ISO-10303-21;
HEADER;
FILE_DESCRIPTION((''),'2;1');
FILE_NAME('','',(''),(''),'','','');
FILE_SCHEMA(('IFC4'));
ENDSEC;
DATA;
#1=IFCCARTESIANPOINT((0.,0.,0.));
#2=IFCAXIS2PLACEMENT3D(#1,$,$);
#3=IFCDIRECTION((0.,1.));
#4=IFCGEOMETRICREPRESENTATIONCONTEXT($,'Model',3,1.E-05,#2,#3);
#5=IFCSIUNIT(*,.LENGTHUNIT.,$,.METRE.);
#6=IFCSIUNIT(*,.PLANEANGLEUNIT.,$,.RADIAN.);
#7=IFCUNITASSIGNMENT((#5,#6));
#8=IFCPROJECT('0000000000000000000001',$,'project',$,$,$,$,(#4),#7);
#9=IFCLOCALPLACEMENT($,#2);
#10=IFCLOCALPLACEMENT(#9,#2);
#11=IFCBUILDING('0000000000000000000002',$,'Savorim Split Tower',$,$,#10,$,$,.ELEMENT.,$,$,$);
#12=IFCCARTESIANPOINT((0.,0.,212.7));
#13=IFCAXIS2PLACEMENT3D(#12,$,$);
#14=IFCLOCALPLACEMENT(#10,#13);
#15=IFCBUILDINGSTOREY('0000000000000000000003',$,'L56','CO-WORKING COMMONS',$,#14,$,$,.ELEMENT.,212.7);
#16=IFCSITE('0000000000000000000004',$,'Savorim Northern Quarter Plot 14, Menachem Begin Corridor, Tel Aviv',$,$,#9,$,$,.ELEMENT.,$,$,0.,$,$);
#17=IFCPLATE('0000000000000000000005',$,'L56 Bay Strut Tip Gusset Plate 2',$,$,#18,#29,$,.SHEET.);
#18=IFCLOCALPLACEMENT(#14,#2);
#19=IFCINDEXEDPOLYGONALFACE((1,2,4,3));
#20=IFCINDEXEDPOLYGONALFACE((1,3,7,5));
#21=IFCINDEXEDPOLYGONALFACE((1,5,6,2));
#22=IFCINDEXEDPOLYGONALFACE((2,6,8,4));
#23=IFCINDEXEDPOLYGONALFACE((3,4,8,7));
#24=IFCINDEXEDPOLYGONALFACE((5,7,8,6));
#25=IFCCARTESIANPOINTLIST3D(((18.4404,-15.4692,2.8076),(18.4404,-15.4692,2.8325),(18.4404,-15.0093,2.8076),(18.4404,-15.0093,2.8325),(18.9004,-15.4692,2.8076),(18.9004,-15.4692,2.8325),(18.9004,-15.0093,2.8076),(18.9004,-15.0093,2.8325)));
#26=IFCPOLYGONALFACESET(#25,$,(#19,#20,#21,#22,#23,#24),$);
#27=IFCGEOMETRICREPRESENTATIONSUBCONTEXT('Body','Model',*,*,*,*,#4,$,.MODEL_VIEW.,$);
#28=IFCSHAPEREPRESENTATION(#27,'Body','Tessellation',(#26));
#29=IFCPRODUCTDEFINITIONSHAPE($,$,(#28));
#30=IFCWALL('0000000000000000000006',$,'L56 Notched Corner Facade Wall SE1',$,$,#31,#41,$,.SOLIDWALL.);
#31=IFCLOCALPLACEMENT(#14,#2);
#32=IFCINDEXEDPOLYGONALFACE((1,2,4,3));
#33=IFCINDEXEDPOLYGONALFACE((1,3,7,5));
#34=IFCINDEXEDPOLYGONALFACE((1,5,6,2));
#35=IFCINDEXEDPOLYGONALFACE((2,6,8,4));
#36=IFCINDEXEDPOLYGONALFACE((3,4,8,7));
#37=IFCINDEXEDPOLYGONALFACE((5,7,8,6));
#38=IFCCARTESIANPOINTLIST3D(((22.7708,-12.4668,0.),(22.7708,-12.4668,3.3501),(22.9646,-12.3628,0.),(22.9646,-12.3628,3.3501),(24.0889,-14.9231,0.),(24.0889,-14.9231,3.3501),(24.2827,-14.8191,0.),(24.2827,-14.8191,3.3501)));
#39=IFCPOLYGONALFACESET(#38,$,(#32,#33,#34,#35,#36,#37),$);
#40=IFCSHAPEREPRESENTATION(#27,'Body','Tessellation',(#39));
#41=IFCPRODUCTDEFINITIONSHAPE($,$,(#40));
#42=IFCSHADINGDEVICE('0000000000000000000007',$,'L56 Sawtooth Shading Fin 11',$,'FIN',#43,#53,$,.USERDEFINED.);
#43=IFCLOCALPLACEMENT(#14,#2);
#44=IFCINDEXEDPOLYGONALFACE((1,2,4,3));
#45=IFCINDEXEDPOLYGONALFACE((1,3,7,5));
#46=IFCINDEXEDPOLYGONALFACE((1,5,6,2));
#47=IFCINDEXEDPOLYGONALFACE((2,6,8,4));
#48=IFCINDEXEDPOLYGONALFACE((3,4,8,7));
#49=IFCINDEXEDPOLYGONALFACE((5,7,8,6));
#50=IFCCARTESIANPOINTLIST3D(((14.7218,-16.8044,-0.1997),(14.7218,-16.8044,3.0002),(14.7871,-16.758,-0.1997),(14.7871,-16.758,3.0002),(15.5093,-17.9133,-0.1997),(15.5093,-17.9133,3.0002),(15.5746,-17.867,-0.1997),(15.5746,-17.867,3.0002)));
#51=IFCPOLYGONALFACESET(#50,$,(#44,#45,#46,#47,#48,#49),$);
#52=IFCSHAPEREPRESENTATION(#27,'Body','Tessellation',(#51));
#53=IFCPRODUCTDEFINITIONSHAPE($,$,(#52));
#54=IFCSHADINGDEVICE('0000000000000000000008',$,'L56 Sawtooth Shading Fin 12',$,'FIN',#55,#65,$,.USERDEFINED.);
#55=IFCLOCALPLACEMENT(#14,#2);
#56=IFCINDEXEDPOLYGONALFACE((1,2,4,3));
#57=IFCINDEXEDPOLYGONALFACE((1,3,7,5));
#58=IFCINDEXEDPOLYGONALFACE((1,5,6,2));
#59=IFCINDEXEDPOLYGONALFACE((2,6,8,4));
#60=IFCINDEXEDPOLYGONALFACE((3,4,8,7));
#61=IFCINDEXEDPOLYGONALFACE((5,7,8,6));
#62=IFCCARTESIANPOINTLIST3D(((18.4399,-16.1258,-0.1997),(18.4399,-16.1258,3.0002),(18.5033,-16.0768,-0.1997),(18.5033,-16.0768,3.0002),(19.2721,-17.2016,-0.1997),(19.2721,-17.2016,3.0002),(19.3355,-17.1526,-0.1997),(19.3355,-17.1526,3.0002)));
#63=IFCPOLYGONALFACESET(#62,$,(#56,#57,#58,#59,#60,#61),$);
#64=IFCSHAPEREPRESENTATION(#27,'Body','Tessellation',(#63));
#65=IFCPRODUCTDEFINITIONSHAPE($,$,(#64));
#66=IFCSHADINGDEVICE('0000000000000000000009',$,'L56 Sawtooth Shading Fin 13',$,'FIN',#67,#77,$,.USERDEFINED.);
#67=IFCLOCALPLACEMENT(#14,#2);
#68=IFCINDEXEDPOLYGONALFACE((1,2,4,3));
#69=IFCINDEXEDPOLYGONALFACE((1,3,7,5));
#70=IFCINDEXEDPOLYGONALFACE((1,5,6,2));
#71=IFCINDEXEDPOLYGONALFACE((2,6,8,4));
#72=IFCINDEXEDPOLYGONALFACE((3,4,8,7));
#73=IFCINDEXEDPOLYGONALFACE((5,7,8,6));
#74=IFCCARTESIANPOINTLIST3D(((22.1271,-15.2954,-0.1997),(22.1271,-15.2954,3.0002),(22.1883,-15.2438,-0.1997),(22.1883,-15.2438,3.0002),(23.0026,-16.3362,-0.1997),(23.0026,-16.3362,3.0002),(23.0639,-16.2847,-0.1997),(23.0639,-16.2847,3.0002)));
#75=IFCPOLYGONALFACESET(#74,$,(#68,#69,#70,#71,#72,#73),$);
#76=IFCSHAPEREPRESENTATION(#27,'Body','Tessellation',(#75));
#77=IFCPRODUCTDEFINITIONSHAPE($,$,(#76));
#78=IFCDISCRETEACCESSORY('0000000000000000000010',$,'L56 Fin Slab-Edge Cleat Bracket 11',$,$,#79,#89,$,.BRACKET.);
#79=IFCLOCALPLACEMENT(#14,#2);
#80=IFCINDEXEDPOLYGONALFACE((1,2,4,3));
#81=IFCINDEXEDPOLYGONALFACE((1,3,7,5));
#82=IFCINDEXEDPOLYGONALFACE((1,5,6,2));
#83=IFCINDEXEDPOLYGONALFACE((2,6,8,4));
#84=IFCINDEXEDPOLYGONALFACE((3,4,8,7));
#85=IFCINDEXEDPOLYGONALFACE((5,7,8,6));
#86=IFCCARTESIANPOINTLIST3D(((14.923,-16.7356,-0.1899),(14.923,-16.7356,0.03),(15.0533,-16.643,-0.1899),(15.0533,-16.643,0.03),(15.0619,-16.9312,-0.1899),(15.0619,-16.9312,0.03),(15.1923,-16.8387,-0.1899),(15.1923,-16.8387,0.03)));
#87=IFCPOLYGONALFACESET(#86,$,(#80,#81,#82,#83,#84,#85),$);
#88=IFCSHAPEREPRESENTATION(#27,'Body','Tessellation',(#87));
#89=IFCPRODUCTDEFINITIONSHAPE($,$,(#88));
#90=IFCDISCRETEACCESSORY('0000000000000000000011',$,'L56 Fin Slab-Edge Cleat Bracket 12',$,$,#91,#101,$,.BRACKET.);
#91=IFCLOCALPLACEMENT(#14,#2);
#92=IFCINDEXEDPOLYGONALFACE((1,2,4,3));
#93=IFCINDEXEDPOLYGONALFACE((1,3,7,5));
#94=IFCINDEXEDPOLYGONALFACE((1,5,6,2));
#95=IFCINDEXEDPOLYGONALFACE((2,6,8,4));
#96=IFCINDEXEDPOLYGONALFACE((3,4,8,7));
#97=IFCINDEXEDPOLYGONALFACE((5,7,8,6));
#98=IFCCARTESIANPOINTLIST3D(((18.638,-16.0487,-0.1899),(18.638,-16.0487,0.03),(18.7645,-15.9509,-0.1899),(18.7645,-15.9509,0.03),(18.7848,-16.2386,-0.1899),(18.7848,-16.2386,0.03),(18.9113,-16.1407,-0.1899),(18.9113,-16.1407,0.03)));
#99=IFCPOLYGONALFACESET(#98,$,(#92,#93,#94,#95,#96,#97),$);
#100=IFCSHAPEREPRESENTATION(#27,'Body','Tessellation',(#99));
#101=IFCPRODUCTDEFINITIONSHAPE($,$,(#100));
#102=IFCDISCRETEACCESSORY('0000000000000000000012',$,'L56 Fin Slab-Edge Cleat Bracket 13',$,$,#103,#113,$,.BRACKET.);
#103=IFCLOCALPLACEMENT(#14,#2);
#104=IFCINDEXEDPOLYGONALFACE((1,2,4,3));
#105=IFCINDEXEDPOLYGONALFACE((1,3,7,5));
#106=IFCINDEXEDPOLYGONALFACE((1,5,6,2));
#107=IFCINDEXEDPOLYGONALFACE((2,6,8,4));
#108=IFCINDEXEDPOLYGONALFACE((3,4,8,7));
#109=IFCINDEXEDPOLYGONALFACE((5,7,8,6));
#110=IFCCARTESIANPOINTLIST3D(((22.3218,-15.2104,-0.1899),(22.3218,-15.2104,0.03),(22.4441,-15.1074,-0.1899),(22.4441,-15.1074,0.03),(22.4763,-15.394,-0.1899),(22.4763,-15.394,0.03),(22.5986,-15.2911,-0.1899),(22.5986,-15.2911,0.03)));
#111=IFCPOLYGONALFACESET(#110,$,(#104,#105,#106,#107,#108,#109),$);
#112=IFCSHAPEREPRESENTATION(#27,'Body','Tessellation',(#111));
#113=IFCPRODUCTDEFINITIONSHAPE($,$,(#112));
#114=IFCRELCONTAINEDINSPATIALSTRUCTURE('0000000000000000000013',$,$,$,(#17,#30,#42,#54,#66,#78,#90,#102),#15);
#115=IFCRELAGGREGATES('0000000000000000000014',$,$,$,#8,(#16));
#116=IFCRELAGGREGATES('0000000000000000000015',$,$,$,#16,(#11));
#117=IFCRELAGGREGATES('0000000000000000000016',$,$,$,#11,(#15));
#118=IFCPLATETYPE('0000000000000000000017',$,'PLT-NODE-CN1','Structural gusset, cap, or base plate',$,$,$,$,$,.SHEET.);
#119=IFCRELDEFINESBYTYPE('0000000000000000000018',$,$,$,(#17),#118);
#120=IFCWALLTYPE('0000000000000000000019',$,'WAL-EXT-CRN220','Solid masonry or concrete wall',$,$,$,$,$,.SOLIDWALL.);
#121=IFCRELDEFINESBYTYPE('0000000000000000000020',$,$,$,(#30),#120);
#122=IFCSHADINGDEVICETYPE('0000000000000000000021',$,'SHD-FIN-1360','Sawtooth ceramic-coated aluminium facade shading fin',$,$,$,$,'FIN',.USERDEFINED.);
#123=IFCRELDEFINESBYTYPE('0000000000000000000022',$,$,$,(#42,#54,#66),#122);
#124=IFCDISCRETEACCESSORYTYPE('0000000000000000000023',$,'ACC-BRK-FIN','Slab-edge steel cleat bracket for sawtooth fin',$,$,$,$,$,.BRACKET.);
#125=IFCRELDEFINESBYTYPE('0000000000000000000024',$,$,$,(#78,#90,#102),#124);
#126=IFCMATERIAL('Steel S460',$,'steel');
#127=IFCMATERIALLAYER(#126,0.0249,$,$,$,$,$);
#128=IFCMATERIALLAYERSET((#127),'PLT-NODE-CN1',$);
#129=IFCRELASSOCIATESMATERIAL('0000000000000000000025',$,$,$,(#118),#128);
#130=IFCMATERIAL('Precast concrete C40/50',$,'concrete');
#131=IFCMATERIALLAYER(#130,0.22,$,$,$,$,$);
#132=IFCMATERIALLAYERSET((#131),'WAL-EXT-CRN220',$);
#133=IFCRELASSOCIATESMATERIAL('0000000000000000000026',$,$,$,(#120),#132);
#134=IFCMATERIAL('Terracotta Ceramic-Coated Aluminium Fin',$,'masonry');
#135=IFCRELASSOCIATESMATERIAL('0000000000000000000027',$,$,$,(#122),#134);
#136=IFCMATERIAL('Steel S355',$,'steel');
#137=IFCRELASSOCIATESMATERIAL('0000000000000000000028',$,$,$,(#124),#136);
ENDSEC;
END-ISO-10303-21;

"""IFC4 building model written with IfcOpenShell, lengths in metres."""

from ifc_helpers import new_model, si_unit, direction, frame, frame_2d, origin, origin_2d, place, context, subcontext, project, spatial, rectangle, extrude, material, layer, layer_set, type_object, element, save


model = new_model("IFC4")

# Units and contexts
model_context = context("Model", 3, precision=1e-05, world=origin(), true_north=direction((0.0, 1.0)))
body_context = subcontext(model_context, "Body", "Model", "MODEL_VIEW")
ifc_project = project(units=[si_unit("LENGTHUNIT", "METRE"), si_unit("PLANEANGLEUNIT", "RADIAN")], contexts=[model_context])

# Site, building, storey
site_placement = place(None, origin())
site = spatial("IfcSite", under=ifc_project, at=site_placement, Name="Savorim Northern Quarter Plot 14, Menachem Begin Corridor, Tel Aviv", CompositionType="ELEMENT", RefElevation=0.0)
building_placement = place(site_placement, origin())
building = spatial("IfcBuilding", under=site, at=building_placement, Name="Savorim Split Tower", CompositionType="ELEMENT")
storey_placement = place(building_placement, frame((0.0, 0.0, 212.7)))
storey = spatial("IfcBuildingStorey", under=building, at=storey_placement, Name="L56", Description="CO-WORKING COMMONS", CompositionType="ELEMENT", Elevation=212.7)

# Shared definitions
ifc_material_1 = material(Name="Steel S355", Category="steel")

# Plate
ifc_material_2 = material(Name="Steel S460", Category="steel")
ifc_layer_1 = layer(ifc_material_2, 0.0249)
ifc_layer_set_1 = layer_set([ifc_layer_1], Name="PLT-NODE-CN1")
plate_type_1 = type_object("IfcPlateType", Name="PLT-NODE-CN1", Description="Structural gusset, cap, or base plate", PredefinedType="SHEET", material=ifc_layer_set_1)
for number, where, z_axis, x_axis, name in (
    (1, (18.6704, -15.2393, 2.8076), (0.0, 0.0, 1.0), (1.0, 0.0, 0.0), "L56 Bay Strut Tip Gusset Plate 2"),
):
    element("IfcPlate", number, at=place(storey_placement, frame(where, z_axis=z_axis, x_axis=x_axis)), inside=storey, type_object=plate_type_1, Name=name, PredefinedType="SHEET", context=body_context, shape_type="SweptSolid", body=[
        extrude(rectangle(XDim=0.46, YDim=0.46, at=origin_2d()), origin(), (0.0, 0.0, 1.0), 0.0249),
    ])

# Wall
ifc_material_3 = material(Name="Precast concrete C40/50", Category="concrete")
ifc_layer_2 = layer(ifc_material_3, 0.22)
ifc_layer_set_2 = layer_set([ifc_layer_2], Name="WAL-EXT-CRN220")
wall_type = type_object("IfcWallType", Name="WAL-EXT-CRN220", Description="Solid masonry or concrete wall", PredefinedType="SOLIDWALL", material=ifc_layer_set_2)
wall_placement = place(storey_placement, frame((22.8677, -12.4148, 0.0), z_axis=(0.0, 0.0, 1.0), x_axis=(0.472846, -0.881145, 0.0)))
element("IfcWall", 2, at=wall_placement, inside=storey, type_object=wall_type, Name="L56 Notched Corner Facade Wall SE1", PredefinedType="SOLIDWALL", context=body_context, shape_type="SweptSolid", body=[
    extrude(rectangle(XDim=2.7876, YDim=0.22, at=frame_2d((1.3938, 0.0))), origin(), (0.0, 0.0, 1.0), 3.3501),
])

# Shading devices
ifc_material_4 = material(Name="Terracotta Ceramic-Coated Aluminium Fin", Category="masonry")
shading_device_type = type_object("IfcShadingDeviceType", Name="SHD-FIN-1360", Description="Sawtooth ceramic-coated aluminium facade shading fin", ElementType="FIN", PredefinedType="USERDEFINED", material=ifc_material_4)
for number, where, z_axis, x_axis, name in (
    (3, (15.1482, -17.3357, -0.1997), (0.0, 0.0, 1.0), (0.578994, -0.815332, 0.0), "L56 Sawtooth Shading Fin 11"),
    (4, (18.8877, -16.6392, -0.1997), (0.0, 0.0, 1.0), (0.611868, -0.79096, 0.0), "L56 Sawtooth Shading Fin 12"),
    (5, (22.5955, -15.79, -0.1997), (0.0, 0.0, 1.0), (0.643719, -0.765262, 0.0), "L56 Sawtooth Shading Fin 13"),
):
    element("IfcShadingDevice", number, at=place(storey_placement, frame(where, z_axis=z_axis, x_axis=x_axis)), inside=storey, type_object=shading_device_type, Name=name, ObjectType="FIN", PredefinedType="USERDEFINED", context=body_context, shape_type="SweptSolid", body=[
        extrude(rectangle(XDim=1.3601, YDim=0.0801, at=origin_2d()), origin(), (0.0, 0.0, 1.0), 3.2),
    ])

# Discrete accessories
discrete_accessory_type = type_object("IfcDiscreteAccessoryType", Name="ACC-BRK-FIN", Description="Slab-edge steel cleat bracket for sawtooth fin", PredefinedType="BRACKET", material=ifc_material_1)
for number, where, z_axis, x_axis, name in (
    (6, (15.0576, -16.7871, -0.1899), (0.0, 0.0, 1.0), (0.578994, -0.815332, 0.0), "L56 Fin Slab-Edge Cleat Bracket 11"),
    (7, (18.7747, -16.0947, -0.1899), (0.0, 0.0, 1.0), (0.611868, -0.79096, 0.0), "L56 Fin Slab-Edge Cleat Bracket 12"),
    (8, (22.4602, -15.2507, -0.1899), (0.0, 0.0, 1.0), (0.643719, -0.765262, 0.0), "L56 Fin Slab-Edge Cleat Bracket 13"),
):
    element("IfcDiscreteAccessory", number, at=place(storey_placement, frame(where, z_axis=z_axis, x_axis=x_axis)), inside=storey, type_object=discrete_accessory_type, Name=name, PredefinedType="BRACKET", context=body_context, shape_type="SweptSolid", body=[
        extrude(rectangle(XDim=0.24, YDim=0.1599, at=origin_2d()), origin(), (0.0, 0.0, 1.0), 0.22),
    ])

save(model, "model.ifc")
